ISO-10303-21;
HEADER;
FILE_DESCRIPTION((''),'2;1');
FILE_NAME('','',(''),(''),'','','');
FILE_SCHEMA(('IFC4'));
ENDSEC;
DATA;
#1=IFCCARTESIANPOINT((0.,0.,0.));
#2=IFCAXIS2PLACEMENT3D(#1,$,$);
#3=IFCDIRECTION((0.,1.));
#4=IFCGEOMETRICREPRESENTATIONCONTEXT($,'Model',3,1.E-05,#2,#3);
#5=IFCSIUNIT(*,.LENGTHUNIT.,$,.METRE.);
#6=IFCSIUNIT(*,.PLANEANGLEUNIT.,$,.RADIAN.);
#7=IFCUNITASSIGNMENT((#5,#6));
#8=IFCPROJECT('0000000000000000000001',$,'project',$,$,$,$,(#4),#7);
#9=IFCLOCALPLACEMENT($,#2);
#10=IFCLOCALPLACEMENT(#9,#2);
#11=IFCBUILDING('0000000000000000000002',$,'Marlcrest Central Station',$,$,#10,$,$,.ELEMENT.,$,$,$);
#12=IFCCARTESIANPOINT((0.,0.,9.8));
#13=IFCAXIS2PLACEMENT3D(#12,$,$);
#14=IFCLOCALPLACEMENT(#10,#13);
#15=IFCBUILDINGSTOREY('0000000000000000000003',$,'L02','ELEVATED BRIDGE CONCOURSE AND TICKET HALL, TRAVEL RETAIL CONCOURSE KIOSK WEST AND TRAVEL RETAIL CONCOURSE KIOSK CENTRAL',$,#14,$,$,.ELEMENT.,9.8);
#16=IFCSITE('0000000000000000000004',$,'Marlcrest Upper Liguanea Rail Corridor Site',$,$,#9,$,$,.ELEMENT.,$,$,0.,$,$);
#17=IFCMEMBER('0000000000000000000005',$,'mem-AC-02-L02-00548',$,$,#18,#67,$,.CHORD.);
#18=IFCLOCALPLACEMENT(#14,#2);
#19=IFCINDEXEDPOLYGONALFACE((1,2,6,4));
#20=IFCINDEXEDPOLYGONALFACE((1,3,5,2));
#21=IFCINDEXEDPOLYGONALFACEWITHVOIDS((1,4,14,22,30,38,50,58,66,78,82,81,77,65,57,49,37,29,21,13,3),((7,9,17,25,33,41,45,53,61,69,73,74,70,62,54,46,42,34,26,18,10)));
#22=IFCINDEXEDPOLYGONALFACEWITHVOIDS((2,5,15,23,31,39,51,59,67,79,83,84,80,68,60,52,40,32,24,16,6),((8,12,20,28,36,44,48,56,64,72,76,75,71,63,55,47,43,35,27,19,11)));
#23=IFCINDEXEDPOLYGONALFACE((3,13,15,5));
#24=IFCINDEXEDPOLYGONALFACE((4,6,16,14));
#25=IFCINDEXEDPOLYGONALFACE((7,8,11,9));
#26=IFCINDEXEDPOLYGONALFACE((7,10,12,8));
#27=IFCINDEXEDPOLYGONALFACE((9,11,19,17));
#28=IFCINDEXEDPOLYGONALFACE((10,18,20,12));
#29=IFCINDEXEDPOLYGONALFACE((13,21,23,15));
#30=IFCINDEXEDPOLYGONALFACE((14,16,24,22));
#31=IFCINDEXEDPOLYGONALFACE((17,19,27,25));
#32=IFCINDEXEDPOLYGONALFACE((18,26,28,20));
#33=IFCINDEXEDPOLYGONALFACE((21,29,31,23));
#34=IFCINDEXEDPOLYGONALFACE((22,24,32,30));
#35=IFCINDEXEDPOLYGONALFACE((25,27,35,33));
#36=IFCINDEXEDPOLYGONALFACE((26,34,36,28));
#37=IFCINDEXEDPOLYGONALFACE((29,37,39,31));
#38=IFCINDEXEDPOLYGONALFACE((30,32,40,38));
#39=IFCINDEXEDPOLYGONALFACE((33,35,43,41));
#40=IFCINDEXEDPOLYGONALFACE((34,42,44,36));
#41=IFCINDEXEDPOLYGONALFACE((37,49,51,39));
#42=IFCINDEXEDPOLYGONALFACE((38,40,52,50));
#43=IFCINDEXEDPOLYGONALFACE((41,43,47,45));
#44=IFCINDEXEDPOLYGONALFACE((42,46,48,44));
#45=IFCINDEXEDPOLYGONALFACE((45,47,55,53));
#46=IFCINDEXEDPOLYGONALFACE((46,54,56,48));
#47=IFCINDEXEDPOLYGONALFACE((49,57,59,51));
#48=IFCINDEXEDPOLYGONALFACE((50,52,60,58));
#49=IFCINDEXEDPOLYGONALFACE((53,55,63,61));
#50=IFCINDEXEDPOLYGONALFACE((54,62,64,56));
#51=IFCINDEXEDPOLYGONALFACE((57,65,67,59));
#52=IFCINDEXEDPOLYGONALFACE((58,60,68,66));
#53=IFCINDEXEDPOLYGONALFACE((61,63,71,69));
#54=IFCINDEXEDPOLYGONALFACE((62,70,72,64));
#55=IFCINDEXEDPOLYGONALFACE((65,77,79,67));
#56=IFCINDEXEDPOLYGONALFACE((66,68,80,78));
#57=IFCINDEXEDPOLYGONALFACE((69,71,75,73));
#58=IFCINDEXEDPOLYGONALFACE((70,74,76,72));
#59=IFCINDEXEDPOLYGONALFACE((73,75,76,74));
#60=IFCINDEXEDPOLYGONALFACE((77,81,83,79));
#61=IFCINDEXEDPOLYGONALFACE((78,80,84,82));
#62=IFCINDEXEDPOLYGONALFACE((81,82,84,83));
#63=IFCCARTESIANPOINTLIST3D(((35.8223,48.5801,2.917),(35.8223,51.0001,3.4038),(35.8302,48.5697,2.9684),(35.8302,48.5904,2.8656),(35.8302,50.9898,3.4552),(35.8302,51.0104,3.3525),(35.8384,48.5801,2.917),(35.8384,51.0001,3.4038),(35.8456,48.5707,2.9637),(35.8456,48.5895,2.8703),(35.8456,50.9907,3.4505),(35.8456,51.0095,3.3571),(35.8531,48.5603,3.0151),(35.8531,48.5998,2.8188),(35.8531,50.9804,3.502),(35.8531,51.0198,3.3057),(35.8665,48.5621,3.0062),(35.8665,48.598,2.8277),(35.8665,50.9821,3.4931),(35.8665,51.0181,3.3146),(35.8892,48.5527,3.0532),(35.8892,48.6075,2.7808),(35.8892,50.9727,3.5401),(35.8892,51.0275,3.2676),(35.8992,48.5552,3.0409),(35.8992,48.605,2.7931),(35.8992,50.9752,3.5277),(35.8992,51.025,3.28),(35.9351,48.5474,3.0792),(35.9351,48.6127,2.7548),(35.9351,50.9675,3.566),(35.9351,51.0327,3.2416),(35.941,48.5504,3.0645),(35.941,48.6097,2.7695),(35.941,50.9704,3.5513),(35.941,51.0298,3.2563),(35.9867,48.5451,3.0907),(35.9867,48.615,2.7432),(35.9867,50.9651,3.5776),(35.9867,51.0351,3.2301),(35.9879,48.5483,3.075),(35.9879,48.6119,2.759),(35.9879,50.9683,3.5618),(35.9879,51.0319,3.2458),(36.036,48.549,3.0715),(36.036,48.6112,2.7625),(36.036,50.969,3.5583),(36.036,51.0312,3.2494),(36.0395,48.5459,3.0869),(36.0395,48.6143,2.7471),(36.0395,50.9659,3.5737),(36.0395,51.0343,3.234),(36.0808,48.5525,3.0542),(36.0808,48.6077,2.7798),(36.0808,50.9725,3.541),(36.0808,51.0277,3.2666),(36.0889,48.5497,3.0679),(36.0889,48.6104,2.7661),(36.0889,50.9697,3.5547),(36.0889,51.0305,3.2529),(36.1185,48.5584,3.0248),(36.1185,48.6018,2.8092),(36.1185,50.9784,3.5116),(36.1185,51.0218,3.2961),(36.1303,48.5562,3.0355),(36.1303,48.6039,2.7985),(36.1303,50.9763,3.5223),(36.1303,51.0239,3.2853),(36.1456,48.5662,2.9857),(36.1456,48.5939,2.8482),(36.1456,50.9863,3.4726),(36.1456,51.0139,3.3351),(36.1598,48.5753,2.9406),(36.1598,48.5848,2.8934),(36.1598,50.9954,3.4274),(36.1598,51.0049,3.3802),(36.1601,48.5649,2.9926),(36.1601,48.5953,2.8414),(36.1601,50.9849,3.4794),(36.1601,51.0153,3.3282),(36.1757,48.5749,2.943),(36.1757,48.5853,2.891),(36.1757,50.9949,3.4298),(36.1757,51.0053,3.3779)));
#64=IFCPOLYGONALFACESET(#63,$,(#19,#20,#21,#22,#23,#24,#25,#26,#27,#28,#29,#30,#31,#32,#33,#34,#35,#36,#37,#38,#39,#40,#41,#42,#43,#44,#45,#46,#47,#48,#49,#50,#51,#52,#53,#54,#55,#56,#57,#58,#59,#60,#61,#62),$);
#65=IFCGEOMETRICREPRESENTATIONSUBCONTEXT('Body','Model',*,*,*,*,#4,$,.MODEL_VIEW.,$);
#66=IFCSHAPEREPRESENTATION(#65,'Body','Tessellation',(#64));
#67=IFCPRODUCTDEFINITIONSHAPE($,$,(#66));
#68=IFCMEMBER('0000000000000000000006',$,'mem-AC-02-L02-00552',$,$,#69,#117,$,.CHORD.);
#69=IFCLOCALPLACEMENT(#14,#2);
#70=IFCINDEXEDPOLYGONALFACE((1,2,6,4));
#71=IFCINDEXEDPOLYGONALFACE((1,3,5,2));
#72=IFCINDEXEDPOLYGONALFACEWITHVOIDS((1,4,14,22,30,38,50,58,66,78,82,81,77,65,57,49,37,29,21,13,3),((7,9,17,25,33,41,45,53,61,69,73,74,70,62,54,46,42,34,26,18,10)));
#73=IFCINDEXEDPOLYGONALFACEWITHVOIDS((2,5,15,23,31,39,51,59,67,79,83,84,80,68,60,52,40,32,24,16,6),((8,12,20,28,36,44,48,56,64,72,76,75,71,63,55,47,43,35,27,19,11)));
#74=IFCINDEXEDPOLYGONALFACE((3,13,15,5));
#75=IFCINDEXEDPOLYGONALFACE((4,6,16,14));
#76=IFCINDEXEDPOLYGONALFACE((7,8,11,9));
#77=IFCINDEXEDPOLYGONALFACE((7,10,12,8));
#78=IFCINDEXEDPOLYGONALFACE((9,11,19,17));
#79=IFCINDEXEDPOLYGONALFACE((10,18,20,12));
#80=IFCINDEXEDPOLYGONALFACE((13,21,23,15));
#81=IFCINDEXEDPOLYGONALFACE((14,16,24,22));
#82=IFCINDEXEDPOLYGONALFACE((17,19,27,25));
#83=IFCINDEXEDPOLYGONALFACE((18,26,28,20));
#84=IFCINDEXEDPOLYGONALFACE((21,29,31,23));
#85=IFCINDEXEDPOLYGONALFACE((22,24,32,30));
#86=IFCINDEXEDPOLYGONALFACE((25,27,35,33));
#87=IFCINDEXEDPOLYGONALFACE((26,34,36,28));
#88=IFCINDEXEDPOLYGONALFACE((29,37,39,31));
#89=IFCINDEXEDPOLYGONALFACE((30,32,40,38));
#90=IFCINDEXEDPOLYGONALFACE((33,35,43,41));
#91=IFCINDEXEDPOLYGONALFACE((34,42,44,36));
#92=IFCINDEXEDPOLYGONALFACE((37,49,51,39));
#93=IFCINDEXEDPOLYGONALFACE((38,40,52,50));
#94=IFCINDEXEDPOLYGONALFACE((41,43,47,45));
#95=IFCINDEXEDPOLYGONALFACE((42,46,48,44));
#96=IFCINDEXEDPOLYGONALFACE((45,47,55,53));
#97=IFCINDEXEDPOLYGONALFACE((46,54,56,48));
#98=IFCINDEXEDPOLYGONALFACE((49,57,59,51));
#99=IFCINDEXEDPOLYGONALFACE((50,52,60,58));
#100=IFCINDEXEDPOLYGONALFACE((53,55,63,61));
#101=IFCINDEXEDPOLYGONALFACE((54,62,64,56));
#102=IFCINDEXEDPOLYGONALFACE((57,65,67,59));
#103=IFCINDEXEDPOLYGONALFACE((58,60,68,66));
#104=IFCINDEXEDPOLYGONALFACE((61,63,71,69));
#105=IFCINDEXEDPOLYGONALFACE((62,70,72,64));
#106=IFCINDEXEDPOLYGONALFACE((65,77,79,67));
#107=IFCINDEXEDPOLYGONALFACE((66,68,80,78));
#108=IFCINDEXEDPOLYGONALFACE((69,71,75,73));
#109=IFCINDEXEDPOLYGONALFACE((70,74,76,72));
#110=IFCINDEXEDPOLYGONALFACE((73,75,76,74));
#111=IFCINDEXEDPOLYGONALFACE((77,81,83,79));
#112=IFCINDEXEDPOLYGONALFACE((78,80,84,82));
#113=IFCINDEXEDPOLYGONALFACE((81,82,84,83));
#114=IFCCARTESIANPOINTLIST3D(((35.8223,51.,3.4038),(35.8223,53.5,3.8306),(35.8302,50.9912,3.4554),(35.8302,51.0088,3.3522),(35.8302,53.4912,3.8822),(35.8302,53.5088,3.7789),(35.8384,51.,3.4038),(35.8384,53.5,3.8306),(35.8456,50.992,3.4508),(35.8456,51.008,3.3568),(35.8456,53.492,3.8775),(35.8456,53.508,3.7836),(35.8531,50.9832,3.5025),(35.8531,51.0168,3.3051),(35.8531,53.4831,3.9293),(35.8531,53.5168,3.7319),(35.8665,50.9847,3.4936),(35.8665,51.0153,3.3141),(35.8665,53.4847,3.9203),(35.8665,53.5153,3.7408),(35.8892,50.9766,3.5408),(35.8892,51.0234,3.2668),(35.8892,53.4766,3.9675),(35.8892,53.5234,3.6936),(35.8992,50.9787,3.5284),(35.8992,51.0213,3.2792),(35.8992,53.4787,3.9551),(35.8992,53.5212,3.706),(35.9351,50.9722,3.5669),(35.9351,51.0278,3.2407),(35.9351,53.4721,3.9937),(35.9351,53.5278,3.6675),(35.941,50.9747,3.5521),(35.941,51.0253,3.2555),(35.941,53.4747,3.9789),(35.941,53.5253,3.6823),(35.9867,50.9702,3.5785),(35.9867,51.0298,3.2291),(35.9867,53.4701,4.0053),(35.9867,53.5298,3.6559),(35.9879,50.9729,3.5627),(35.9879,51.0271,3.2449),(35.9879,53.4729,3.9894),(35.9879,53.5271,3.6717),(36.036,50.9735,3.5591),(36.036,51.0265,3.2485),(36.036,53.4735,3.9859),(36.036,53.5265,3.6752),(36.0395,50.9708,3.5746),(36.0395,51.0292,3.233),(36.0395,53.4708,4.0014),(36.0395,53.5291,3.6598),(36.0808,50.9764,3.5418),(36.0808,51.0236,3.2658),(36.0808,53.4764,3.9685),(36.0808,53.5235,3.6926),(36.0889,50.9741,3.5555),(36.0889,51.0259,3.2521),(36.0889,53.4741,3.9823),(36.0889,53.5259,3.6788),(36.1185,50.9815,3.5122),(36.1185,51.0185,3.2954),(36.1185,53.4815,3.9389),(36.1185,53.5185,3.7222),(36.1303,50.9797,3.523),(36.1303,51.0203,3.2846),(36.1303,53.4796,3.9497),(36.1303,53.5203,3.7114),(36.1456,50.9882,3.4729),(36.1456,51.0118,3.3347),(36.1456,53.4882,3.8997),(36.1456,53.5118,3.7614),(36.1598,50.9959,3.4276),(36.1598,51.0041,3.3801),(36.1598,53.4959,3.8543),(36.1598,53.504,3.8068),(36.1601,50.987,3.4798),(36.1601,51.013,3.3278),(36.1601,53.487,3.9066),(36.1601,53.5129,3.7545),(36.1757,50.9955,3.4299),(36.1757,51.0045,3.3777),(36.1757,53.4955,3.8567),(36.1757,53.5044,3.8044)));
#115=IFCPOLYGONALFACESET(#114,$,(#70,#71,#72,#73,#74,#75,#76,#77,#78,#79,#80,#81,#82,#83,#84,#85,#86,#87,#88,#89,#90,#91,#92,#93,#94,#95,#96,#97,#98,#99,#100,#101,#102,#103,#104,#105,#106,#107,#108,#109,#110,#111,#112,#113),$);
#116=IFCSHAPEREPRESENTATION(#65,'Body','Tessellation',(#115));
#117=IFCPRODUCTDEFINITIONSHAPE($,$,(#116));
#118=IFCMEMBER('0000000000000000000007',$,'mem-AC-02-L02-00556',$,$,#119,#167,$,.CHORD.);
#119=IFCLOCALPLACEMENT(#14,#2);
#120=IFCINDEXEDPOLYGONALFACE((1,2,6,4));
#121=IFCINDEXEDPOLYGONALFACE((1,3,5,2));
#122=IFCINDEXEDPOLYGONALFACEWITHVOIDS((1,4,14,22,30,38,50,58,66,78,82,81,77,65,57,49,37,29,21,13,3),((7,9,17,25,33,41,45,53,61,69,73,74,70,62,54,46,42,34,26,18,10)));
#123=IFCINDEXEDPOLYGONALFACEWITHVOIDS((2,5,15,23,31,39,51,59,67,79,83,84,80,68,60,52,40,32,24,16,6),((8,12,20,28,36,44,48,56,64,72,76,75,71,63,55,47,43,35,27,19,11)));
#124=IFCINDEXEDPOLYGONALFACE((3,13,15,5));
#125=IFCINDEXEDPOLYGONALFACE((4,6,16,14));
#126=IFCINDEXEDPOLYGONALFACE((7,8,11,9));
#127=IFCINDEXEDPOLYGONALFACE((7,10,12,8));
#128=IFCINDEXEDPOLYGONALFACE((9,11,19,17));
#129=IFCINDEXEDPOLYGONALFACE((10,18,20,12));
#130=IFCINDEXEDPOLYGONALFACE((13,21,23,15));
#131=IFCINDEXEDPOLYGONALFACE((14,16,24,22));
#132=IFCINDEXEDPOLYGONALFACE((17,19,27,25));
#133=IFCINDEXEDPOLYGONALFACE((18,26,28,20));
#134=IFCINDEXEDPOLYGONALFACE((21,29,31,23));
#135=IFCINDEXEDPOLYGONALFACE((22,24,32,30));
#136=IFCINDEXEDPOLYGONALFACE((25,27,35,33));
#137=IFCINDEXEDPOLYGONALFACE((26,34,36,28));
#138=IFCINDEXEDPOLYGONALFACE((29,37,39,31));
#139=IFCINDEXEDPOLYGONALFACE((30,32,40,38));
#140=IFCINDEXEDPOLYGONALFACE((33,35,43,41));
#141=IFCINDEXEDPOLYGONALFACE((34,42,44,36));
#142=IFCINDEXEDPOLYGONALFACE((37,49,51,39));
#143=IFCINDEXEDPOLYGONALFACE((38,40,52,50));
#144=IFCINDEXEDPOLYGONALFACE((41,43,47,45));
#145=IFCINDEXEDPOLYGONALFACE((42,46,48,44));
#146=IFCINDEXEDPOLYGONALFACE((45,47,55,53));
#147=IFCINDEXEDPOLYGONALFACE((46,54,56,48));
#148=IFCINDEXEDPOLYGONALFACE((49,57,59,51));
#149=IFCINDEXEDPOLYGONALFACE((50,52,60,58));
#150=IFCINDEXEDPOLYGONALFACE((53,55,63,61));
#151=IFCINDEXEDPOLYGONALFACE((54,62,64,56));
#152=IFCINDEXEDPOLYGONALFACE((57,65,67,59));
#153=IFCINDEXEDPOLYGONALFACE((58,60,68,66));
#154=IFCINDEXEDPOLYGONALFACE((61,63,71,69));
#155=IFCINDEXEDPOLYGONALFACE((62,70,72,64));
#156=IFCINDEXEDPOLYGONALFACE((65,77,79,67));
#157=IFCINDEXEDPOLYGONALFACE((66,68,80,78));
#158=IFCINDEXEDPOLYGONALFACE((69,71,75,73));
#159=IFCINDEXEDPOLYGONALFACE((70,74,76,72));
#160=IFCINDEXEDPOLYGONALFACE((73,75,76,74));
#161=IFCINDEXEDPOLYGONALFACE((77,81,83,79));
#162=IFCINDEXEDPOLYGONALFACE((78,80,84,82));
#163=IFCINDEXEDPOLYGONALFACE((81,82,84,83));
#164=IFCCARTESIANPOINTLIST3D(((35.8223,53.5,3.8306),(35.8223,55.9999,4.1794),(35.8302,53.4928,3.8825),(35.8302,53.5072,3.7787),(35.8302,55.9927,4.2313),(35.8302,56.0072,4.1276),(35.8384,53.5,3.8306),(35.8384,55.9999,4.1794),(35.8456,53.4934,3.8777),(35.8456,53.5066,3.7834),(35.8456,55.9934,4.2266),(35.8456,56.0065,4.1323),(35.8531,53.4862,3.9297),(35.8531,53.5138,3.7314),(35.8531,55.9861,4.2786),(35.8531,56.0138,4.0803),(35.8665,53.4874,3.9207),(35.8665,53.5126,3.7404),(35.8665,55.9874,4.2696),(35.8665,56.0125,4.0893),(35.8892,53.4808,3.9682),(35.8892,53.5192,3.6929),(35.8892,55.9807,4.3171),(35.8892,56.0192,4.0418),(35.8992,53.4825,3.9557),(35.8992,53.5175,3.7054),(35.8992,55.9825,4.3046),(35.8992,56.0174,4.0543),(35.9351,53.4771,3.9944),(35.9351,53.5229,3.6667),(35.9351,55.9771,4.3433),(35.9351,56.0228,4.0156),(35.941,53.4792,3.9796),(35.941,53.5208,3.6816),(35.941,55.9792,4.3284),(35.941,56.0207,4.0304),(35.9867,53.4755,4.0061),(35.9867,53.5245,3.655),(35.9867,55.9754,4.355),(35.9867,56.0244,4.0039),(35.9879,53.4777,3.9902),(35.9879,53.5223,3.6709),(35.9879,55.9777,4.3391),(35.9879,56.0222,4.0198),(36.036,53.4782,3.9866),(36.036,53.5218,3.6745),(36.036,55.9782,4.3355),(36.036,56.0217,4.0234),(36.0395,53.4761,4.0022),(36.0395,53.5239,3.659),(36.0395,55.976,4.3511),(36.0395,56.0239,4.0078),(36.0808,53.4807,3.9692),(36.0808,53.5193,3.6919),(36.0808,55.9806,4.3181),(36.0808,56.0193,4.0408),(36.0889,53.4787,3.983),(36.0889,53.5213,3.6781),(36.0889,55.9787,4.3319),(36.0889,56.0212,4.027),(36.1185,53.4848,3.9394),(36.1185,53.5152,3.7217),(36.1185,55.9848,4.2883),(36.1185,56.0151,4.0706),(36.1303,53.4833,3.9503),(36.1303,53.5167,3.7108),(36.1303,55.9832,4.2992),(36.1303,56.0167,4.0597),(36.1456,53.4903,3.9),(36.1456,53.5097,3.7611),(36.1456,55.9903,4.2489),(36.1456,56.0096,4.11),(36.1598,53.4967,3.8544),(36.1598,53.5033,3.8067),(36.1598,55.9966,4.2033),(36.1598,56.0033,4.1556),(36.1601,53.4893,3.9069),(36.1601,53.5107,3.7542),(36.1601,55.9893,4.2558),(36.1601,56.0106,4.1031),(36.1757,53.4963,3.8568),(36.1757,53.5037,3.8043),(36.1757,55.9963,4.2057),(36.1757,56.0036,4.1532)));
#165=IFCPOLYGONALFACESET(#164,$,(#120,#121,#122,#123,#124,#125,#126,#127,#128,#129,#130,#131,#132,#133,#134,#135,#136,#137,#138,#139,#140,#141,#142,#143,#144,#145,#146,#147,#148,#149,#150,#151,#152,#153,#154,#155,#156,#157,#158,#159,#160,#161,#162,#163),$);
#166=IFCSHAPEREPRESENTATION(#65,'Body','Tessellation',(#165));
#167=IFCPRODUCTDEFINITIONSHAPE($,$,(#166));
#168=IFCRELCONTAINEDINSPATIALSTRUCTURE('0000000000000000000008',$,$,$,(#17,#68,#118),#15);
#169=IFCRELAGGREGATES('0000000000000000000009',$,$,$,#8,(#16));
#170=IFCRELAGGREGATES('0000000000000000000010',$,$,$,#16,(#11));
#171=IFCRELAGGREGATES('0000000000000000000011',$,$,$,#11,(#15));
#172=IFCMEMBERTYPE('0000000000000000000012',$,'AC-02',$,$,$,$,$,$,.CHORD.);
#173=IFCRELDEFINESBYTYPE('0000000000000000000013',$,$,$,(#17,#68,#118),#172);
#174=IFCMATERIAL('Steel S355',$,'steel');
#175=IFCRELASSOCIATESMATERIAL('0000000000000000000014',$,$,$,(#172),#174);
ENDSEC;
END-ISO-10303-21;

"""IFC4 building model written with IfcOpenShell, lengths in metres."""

from ifc_helpers import new_model, si_unit, direction, frame, origin, origin_2d, place, context, subcontext, project, spatial, hollow_circle, extrude, material, material_profile, profile_set, type_object, element, save


model = new_model("IFC4")

# Units and contexts
model_context = context("Model", 3, precision=1e-05, world=origin(), true_north=direction((0.0, 1.0)))
body_context = subcontext(model_context, "Body", "Model", "MODEL_VIEW")
ifc_project = project(units=[si_unit("LENGTHUNIT", "METRE"), si_unit("PLANEANGLEUNIT", "RADIAN")], contexts=[model_context])

# Site, building, storey
site_placement = place(None, origin())
site = spatial("IfcSite", under=ifc_project, at=site_placement, Name="Marlcrest Upper Liguanea Rail Corridor Site", CompositionType="ELEMENT", RefElevation=0.0)
building_placement = place(site_placement, origin())
building = spatial("IfcBuilding", under=site, at=building_placement, Name="Marlcrest Central Station", CompositionType="ELEMENT")
storey_placement = place(building_placement, frame((0.0, 0.0, 9.8)))
storey = spatial("IfcBuildingStorey", under=building, at=storey_placement, Name="L02", Description="ELEVATED BRIDGE CONCOURSE AND TICKET HALL, TRAVEL RETAIL CONCOURSE KIOSK WEST AND TRAVEL RETAIL CONCOURSE KIOSK CENTRAL", CompositionType="ELEMENT", Elevation=9.8)

# Members
ifc_material = material(Name="Steel S355", Category="steel")
ifc_material_profile_1 = material_profile(ifc_material, hollow_circle(Radius=0.1777, WallThickness=0.0161, at=origin_2d()), Name="CHS 355.6x16")
ifc_profile_set_1 = profile_set([ifc_material_profile_1], Name="Steel S355")
member_type_1 = type_object("IfcMemberType", Name="AC-02", PredefinedType="CHORD", material=ifc_profile_set_1)
member_1_placement = place(storey_placement, frame((36.0, 48.5801, 2.917), z_axis=(0.0, 0.980359, 0.197219), x_axis=(-1.0, 0.0, 0.0)))
element("IfcMember", 1, at=member_1_placement, inside=storey, type_object=member_type_1, Name="mem-AC-02-L02-00548", PredefinedType="CHORD", context=body_context, shape_type="SweptSolid", body=[
    extrude(hollow_circle(Radius=0.1777, WallThickness=0.0161, at=origin_2d()), origin(), (0.0, 0.0, 1.0), 2.4685),
])
member_2_placement = place(storey_placement, frame((36.0, 51.0, 3.4038), z_axis=(0.0, 0.985741, 0.168269), x_axis=(-1.0, 0.0, 0.0)))
element("IfcMember", 2, at=member_2_placement, inside=storey, type_object=member_type_1, Name="mem-AC-02-L02-00552", PredefinedType="CHORD", context=body_context, shape_type="SweptSolid", body=[
    extrude(hollow_circle(Radius=0.1777, WallThickness=0.0161, at=origin_2d()), origin(), (0.0, 0.0, 1.0), 2.5361),
])
member_3_placement = place(storey_placement, frame((36.0, 53.5, 3.8306), z_axis=(0.0, 0.990403, 0.138211), x_axis=(-1.0, 0.0, 0.0)))
element("IfcMember", 3, at=member_3_placement, inside=storey, type_object=member_type_1, Name="mem-AC-02-L02-00556", PredefinedType="CHORD", context=body_context, shape_type="SweptSolid", body=[
    extrude(hollow_circle(Radius=0.1777, WallThickness=0.0161, at=origin_2d()), origin(), (0.0, 0.0, 1.0), 2.5242),
])

save(model, "model.ifc")
